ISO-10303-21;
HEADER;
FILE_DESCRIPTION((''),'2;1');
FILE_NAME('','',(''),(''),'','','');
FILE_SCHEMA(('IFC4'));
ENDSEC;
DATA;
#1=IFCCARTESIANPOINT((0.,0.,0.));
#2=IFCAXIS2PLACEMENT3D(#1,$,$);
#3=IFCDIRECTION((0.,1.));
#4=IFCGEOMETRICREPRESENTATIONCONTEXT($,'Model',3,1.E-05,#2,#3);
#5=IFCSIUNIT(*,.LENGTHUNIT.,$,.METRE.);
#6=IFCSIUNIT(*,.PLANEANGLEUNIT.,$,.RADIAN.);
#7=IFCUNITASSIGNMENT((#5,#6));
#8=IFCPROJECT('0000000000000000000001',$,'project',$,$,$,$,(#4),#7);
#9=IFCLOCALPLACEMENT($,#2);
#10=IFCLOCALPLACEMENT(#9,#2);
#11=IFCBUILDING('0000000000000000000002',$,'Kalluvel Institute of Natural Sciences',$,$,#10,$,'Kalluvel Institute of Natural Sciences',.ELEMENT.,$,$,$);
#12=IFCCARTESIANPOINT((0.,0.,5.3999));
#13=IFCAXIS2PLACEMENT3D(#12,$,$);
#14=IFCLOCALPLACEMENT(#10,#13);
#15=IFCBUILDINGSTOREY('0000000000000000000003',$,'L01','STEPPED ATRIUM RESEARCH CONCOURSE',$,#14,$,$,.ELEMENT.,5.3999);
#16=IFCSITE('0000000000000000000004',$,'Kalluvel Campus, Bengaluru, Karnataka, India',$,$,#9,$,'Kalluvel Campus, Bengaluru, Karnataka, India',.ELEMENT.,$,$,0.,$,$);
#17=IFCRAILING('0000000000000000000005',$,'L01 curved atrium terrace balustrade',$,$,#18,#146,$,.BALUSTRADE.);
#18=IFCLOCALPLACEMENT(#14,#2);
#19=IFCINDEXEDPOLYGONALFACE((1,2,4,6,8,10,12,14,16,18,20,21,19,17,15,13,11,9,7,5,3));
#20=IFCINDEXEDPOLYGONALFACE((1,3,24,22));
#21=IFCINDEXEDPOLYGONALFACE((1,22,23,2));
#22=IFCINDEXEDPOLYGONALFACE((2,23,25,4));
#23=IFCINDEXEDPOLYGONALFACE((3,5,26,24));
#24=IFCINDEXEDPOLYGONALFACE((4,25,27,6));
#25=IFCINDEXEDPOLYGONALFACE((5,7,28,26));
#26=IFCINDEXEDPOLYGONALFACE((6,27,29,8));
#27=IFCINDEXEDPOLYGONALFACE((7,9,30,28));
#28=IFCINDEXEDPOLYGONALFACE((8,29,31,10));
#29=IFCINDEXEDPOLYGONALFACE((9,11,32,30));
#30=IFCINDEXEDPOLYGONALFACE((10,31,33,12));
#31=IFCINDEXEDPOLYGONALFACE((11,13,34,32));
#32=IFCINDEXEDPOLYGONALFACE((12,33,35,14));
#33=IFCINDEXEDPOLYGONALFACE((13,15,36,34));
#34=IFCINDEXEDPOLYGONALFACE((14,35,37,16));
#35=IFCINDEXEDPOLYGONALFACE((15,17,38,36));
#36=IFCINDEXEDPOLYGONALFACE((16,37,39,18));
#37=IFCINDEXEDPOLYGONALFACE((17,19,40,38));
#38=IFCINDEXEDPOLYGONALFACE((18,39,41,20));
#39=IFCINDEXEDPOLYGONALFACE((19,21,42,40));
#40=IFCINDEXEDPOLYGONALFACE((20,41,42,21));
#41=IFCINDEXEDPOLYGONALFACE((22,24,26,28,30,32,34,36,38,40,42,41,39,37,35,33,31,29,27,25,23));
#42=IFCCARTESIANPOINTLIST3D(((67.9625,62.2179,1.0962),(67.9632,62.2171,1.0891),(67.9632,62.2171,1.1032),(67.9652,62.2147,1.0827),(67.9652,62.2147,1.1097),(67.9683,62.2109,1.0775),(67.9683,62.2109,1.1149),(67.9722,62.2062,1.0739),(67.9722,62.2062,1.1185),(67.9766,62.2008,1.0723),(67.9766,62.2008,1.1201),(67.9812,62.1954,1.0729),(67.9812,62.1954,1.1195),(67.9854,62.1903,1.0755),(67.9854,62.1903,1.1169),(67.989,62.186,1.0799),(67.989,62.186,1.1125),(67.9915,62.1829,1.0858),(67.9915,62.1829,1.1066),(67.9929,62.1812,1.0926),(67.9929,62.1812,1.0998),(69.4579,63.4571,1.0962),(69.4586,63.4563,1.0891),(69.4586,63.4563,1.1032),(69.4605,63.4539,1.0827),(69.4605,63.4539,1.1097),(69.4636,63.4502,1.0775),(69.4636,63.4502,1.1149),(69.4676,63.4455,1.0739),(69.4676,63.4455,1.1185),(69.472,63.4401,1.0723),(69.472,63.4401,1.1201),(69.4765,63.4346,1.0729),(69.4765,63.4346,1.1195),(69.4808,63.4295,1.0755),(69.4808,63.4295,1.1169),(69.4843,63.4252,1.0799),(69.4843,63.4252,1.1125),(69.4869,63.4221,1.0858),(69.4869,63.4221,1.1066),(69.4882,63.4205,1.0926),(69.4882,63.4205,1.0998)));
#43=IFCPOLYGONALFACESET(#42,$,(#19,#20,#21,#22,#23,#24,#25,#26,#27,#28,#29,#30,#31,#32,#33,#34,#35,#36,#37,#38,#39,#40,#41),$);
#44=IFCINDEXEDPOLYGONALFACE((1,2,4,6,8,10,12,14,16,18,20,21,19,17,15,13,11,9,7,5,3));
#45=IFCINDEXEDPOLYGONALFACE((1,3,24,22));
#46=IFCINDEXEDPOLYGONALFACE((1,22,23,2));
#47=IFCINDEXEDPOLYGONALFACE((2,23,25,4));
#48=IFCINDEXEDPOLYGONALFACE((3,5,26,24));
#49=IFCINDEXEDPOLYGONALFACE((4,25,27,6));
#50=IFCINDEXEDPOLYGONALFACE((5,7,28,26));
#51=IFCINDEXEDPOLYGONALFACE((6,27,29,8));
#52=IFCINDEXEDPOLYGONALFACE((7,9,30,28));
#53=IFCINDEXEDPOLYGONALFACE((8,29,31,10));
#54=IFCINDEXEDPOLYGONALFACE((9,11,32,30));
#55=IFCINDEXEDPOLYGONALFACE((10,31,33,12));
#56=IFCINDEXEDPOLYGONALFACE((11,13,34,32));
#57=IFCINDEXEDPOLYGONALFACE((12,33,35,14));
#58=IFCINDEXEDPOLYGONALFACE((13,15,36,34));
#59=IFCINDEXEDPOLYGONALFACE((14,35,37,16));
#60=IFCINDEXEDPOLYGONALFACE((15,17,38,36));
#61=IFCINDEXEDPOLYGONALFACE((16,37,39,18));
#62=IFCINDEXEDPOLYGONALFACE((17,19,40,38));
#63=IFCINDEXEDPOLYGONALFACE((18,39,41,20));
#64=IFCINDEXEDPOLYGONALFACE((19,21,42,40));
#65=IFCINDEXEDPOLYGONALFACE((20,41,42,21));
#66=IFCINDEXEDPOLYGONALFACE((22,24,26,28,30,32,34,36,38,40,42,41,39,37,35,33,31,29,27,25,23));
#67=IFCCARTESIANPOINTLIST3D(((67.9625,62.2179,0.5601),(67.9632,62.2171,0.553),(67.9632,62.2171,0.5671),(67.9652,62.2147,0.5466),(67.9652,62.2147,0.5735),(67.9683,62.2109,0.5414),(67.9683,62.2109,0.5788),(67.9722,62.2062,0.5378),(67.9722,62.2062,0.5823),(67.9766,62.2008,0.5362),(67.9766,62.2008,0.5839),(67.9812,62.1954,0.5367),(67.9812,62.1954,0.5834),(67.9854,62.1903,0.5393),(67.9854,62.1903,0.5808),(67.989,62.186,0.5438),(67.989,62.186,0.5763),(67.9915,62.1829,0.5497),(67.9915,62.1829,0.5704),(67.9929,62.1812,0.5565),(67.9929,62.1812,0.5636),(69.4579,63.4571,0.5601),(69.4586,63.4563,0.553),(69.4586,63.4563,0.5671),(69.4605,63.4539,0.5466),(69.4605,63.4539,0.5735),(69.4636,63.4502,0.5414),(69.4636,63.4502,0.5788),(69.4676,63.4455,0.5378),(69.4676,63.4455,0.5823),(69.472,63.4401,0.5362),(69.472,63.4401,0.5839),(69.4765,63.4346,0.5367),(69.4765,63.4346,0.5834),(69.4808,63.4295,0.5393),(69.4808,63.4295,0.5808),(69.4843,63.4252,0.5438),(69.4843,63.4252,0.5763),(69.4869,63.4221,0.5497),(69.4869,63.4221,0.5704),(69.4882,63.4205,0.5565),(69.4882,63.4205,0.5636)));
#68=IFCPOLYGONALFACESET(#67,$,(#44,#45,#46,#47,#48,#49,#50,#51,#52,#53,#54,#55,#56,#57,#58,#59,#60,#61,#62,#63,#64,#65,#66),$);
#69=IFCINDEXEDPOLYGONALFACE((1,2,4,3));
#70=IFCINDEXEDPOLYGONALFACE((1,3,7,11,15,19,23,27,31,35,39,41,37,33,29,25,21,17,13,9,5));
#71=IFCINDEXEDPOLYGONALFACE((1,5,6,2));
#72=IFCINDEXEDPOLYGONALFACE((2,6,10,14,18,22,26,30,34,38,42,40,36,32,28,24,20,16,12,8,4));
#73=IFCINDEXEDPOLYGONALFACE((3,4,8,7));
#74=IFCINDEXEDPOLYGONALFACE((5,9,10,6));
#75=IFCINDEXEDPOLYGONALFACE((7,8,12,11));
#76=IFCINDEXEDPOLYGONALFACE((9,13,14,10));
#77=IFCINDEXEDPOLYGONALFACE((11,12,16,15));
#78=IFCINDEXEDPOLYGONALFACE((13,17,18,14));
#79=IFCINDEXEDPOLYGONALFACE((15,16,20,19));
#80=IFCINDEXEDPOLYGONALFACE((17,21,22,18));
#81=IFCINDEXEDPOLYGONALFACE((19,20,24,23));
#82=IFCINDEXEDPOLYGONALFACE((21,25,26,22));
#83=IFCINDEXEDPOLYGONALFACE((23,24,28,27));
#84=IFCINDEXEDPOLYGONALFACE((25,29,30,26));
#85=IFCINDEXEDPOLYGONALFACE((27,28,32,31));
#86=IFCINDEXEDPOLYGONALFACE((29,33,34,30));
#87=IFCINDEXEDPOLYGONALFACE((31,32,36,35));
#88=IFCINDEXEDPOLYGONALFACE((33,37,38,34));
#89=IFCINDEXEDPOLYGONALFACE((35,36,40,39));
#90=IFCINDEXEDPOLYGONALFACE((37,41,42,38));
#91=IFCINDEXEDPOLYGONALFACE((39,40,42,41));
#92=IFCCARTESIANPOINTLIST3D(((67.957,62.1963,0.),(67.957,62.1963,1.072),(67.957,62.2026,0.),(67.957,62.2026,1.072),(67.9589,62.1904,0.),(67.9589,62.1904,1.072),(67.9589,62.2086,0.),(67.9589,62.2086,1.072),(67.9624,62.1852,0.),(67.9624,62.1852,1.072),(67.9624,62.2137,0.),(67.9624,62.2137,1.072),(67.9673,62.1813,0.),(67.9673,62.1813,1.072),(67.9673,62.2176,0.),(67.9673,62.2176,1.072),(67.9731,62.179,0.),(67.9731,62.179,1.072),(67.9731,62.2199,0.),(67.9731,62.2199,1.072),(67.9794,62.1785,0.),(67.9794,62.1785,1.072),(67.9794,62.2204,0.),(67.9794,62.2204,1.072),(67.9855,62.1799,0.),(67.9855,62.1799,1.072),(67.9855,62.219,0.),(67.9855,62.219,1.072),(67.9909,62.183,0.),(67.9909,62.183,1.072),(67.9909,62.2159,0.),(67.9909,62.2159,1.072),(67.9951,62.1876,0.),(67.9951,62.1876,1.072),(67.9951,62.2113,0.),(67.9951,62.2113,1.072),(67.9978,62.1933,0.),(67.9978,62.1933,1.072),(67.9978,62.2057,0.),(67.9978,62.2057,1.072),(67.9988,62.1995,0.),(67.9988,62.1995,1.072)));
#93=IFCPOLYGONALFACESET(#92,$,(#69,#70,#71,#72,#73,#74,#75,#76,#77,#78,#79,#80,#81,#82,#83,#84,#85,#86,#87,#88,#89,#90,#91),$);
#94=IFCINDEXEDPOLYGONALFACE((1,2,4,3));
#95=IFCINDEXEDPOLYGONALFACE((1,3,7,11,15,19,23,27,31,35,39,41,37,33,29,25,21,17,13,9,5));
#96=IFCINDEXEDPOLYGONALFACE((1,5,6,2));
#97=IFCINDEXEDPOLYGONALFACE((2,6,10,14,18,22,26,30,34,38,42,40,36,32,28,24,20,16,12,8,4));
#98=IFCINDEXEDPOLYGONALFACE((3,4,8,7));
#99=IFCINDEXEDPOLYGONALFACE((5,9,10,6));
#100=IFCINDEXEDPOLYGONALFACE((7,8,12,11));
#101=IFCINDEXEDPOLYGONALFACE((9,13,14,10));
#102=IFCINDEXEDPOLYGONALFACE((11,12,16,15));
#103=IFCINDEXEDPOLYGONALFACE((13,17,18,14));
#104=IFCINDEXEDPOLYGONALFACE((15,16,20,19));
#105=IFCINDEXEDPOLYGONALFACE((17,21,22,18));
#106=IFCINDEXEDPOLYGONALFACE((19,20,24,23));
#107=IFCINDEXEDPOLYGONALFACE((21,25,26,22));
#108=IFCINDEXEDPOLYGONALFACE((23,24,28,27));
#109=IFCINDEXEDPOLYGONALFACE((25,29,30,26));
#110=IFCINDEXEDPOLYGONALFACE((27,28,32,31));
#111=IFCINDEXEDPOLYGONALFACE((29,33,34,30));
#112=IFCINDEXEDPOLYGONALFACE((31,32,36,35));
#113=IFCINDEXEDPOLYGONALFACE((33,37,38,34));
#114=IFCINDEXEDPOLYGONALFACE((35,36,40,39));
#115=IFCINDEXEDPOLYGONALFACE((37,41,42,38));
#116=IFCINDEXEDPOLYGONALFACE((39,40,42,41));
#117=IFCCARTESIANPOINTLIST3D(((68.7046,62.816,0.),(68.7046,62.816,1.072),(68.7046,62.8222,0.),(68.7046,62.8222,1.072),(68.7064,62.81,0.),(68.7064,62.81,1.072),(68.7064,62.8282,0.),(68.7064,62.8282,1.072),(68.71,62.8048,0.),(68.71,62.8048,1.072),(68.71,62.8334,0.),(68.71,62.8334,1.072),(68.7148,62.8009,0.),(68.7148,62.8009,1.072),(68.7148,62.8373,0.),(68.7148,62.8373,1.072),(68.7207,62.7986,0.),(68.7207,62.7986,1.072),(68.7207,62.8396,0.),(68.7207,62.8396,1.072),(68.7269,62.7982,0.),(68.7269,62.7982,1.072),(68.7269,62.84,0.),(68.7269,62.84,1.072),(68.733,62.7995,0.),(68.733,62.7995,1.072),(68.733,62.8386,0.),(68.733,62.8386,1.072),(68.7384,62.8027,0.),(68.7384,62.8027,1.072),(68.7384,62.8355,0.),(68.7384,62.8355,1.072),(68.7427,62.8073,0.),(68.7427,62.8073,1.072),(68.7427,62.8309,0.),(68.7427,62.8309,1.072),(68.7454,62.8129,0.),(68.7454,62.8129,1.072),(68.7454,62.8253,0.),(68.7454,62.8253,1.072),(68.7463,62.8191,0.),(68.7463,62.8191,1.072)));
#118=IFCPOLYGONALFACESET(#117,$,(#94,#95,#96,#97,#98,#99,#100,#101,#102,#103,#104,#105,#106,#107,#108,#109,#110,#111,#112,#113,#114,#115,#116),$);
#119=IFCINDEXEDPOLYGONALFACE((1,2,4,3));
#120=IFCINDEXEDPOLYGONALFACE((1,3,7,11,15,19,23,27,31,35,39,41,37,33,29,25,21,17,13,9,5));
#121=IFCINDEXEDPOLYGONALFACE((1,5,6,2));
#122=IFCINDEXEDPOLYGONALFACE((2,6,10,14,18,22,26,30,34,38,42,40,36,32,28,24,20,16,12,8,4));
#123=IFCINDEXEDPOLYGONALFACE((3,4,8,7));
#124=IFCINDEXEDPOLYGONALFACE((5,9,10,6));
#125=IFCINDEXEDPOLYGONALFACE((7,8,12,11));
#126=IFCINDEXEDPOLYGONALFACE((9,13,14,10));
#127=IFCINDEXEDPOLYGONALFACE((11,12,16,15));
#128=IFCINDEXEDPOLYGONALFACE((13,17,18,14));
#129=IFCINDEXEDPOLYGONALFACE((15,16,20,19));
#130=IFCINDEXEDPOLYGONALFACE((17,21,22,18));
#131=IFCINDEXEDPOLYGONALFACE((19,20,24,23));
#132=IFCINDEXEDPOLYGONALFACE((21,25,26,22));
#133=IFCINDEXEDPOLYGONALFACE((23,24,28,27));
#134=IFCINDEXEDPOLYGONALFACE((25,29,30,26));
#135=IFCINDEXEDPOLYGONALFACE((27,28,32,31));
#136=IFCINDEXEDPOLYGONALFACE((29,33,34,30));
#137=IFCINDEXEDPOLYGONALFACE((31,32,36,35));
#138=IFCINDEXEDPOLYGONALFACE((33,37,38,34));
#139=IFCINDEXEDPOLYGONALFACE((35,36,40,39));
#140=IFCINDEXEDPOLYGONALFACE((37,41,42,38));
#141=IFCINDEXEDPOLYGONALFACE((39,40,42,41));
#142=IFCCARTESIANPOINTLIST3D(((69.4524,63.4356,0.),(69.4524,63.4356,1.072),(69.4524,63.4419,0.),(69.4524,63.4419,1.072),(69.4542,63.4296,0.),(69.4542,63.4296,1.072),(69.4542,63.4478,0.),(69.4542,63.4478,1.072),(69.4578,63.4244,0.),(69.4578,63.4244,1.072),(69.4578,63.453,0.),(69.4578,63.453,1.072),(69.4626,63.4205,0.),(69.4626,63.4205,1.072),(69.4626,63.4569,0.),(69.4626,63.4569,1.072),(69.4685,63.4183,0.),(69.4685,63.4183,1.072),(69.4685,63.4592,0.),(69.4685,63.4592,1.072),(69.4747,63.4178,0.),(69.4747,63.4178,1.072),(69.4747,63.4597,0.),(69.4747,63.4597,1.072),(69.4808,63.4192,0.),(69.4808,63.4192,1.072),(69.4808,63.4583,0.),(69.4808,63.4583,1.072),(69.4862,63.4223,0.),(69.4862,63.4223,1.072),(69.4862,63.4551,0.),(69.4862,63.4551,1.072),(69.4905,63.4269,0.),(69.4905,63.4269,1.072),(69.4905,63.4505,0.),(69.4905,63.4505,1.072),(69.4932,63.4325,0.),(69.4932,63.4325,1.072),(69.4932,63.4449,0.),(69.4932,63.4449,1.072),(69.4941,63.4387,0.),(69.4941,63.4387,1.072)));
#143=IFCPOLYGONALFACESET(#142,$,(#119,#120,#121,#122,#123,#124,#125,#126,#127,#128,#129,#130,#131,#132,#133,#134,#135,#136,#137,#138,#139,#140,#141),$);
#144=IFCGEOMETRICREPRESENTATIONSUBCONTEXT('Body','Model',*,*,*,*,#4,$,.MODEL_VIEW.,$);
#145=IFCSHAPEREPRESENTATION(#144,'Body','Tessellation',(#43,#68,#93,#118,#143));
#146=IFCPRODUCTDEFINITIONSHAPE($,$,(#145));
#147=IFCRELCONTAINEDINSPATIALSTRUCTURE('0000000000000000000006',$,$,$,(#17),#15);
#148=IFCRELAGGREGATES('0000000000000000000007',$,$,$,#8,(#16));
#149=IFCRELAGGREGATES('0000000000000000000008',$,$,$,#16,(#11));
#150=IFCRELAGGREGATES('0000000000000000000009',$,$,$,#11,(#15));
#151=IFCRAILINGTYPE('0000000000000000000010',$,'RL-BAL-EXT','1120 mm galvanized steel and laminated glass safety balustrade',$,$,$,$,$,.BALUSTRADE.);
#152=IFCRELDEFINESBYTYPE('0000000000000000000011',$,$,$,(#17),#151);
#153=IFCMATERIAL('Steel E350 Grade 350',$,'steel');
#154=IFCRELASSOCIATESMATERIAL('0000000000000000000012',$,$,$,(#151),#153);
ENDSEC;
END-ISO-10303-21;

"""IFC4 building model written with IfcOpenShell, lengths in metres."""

from ifc_helpers import new_model, si_unit, direction, frame, origin, origin_2d, place, context, subcontext, project, spatial, circle, extrude, material, type_object, element, save


model = new_model("IFC4")

# Units and contexts
model_context = context("Model", 3, precision=1e-05, world=origin(), true_north=direction((0.0, 1.0)))
body_context = subcontext(model_context, "Body", "Model", "MODEL_VIEW")
ifc_project = project(units=[si_unit("LENGTHUNIT", "METRE"), si_unit("PLANEANGLEUNIT", "RADIAN")], contexts=[model_context])

# Site, building, storey
site_placement = place(None, origin())
site = spatial("IfcSite", under=ifc_project, at=site_placement, Name="Kalluvel Campus, Bengaluru, Karnataka, India", LongName="Kalluvel Campus, Bengaluru, Karnataka, India", CompositionType="ELEMENT", RefElevation=0.0)
building_placement = place(site_placement, origin())
building = spatial("IfcBuilding", under=site, at=building_placement, Name="Kalluvel Institute of Natural Sciences", LongName="Kalluvel Institute of Natural Sciences", CompositionType="ELEMENT")
storey_placement = place(building_placement, frame((0.0, 0.0, 5.3999)))
storey = spatial("IfcBuildingStorey", under=building, at=storey_placement, Name="L01", Description="STEPPED ATRIUM RESEARCH CONCOURSE", CompositionType="ELEMENT", Elevation=5.3999)

# Railing
ifc_material_1 = material(Name="Steel E350 Grade 350", Category="steel")
railing_type = type_object("IfcRailingType", Name="RL-BAL-EXT", Description="1120 mm galvanized steel and laminated glass safety balustrade", PredefinedType="BALUSTRADE", material=ifc_material_1)
railing_1_placement = place(storey_placement, frame((67.9778, 62.1995, 0.0)))
element("IfcRailing", 1, at=railing_1_placement, inside=storey, type_object=railing_type, Name="L01 curved atrium terrace balustrade", PredefinedType="BALUSTRADE", context=body_context, shape_type="SweptSolid", body=[
    extrude(circle(Radius=0.0239, at=origin_2d()), frame((0.0, 0.0, 1.0962), z_axis=(0.76996, 0.638092, 0.0), x_axis=(-0.638092, 0.76996, 0.0)), (0.0, 0.0, 1.0), 1.9421),
    extrude(circle(Radius=0.0239, at=origin_2d()), frame((0.0, 0.0, 0.5601), z_axis=(0.76996, 0.638092, 0.0), x_axis=(-0.638092, 0.76996, 0.0)), (0.0, 0.0, 1.0), 1.9421),
    extrude(circle(Radius=0.021, at=origin_2d()), origin(), (0.0, 0.0, 1.0), 1.072),
    extrude(circle(Radius=0.021, at=origin_2d()), frame((0.7476, 0.6196, 0.0)), (0.0, 0.0, 1.0), 1.072),
    extrude(circle(Radius=0.021, at=origin_2d()), frame((1.4954, 1.2393, 0.0)), (0.0, 0.0, 1.0), 1.072),
])

save(model, "model.ifc")
